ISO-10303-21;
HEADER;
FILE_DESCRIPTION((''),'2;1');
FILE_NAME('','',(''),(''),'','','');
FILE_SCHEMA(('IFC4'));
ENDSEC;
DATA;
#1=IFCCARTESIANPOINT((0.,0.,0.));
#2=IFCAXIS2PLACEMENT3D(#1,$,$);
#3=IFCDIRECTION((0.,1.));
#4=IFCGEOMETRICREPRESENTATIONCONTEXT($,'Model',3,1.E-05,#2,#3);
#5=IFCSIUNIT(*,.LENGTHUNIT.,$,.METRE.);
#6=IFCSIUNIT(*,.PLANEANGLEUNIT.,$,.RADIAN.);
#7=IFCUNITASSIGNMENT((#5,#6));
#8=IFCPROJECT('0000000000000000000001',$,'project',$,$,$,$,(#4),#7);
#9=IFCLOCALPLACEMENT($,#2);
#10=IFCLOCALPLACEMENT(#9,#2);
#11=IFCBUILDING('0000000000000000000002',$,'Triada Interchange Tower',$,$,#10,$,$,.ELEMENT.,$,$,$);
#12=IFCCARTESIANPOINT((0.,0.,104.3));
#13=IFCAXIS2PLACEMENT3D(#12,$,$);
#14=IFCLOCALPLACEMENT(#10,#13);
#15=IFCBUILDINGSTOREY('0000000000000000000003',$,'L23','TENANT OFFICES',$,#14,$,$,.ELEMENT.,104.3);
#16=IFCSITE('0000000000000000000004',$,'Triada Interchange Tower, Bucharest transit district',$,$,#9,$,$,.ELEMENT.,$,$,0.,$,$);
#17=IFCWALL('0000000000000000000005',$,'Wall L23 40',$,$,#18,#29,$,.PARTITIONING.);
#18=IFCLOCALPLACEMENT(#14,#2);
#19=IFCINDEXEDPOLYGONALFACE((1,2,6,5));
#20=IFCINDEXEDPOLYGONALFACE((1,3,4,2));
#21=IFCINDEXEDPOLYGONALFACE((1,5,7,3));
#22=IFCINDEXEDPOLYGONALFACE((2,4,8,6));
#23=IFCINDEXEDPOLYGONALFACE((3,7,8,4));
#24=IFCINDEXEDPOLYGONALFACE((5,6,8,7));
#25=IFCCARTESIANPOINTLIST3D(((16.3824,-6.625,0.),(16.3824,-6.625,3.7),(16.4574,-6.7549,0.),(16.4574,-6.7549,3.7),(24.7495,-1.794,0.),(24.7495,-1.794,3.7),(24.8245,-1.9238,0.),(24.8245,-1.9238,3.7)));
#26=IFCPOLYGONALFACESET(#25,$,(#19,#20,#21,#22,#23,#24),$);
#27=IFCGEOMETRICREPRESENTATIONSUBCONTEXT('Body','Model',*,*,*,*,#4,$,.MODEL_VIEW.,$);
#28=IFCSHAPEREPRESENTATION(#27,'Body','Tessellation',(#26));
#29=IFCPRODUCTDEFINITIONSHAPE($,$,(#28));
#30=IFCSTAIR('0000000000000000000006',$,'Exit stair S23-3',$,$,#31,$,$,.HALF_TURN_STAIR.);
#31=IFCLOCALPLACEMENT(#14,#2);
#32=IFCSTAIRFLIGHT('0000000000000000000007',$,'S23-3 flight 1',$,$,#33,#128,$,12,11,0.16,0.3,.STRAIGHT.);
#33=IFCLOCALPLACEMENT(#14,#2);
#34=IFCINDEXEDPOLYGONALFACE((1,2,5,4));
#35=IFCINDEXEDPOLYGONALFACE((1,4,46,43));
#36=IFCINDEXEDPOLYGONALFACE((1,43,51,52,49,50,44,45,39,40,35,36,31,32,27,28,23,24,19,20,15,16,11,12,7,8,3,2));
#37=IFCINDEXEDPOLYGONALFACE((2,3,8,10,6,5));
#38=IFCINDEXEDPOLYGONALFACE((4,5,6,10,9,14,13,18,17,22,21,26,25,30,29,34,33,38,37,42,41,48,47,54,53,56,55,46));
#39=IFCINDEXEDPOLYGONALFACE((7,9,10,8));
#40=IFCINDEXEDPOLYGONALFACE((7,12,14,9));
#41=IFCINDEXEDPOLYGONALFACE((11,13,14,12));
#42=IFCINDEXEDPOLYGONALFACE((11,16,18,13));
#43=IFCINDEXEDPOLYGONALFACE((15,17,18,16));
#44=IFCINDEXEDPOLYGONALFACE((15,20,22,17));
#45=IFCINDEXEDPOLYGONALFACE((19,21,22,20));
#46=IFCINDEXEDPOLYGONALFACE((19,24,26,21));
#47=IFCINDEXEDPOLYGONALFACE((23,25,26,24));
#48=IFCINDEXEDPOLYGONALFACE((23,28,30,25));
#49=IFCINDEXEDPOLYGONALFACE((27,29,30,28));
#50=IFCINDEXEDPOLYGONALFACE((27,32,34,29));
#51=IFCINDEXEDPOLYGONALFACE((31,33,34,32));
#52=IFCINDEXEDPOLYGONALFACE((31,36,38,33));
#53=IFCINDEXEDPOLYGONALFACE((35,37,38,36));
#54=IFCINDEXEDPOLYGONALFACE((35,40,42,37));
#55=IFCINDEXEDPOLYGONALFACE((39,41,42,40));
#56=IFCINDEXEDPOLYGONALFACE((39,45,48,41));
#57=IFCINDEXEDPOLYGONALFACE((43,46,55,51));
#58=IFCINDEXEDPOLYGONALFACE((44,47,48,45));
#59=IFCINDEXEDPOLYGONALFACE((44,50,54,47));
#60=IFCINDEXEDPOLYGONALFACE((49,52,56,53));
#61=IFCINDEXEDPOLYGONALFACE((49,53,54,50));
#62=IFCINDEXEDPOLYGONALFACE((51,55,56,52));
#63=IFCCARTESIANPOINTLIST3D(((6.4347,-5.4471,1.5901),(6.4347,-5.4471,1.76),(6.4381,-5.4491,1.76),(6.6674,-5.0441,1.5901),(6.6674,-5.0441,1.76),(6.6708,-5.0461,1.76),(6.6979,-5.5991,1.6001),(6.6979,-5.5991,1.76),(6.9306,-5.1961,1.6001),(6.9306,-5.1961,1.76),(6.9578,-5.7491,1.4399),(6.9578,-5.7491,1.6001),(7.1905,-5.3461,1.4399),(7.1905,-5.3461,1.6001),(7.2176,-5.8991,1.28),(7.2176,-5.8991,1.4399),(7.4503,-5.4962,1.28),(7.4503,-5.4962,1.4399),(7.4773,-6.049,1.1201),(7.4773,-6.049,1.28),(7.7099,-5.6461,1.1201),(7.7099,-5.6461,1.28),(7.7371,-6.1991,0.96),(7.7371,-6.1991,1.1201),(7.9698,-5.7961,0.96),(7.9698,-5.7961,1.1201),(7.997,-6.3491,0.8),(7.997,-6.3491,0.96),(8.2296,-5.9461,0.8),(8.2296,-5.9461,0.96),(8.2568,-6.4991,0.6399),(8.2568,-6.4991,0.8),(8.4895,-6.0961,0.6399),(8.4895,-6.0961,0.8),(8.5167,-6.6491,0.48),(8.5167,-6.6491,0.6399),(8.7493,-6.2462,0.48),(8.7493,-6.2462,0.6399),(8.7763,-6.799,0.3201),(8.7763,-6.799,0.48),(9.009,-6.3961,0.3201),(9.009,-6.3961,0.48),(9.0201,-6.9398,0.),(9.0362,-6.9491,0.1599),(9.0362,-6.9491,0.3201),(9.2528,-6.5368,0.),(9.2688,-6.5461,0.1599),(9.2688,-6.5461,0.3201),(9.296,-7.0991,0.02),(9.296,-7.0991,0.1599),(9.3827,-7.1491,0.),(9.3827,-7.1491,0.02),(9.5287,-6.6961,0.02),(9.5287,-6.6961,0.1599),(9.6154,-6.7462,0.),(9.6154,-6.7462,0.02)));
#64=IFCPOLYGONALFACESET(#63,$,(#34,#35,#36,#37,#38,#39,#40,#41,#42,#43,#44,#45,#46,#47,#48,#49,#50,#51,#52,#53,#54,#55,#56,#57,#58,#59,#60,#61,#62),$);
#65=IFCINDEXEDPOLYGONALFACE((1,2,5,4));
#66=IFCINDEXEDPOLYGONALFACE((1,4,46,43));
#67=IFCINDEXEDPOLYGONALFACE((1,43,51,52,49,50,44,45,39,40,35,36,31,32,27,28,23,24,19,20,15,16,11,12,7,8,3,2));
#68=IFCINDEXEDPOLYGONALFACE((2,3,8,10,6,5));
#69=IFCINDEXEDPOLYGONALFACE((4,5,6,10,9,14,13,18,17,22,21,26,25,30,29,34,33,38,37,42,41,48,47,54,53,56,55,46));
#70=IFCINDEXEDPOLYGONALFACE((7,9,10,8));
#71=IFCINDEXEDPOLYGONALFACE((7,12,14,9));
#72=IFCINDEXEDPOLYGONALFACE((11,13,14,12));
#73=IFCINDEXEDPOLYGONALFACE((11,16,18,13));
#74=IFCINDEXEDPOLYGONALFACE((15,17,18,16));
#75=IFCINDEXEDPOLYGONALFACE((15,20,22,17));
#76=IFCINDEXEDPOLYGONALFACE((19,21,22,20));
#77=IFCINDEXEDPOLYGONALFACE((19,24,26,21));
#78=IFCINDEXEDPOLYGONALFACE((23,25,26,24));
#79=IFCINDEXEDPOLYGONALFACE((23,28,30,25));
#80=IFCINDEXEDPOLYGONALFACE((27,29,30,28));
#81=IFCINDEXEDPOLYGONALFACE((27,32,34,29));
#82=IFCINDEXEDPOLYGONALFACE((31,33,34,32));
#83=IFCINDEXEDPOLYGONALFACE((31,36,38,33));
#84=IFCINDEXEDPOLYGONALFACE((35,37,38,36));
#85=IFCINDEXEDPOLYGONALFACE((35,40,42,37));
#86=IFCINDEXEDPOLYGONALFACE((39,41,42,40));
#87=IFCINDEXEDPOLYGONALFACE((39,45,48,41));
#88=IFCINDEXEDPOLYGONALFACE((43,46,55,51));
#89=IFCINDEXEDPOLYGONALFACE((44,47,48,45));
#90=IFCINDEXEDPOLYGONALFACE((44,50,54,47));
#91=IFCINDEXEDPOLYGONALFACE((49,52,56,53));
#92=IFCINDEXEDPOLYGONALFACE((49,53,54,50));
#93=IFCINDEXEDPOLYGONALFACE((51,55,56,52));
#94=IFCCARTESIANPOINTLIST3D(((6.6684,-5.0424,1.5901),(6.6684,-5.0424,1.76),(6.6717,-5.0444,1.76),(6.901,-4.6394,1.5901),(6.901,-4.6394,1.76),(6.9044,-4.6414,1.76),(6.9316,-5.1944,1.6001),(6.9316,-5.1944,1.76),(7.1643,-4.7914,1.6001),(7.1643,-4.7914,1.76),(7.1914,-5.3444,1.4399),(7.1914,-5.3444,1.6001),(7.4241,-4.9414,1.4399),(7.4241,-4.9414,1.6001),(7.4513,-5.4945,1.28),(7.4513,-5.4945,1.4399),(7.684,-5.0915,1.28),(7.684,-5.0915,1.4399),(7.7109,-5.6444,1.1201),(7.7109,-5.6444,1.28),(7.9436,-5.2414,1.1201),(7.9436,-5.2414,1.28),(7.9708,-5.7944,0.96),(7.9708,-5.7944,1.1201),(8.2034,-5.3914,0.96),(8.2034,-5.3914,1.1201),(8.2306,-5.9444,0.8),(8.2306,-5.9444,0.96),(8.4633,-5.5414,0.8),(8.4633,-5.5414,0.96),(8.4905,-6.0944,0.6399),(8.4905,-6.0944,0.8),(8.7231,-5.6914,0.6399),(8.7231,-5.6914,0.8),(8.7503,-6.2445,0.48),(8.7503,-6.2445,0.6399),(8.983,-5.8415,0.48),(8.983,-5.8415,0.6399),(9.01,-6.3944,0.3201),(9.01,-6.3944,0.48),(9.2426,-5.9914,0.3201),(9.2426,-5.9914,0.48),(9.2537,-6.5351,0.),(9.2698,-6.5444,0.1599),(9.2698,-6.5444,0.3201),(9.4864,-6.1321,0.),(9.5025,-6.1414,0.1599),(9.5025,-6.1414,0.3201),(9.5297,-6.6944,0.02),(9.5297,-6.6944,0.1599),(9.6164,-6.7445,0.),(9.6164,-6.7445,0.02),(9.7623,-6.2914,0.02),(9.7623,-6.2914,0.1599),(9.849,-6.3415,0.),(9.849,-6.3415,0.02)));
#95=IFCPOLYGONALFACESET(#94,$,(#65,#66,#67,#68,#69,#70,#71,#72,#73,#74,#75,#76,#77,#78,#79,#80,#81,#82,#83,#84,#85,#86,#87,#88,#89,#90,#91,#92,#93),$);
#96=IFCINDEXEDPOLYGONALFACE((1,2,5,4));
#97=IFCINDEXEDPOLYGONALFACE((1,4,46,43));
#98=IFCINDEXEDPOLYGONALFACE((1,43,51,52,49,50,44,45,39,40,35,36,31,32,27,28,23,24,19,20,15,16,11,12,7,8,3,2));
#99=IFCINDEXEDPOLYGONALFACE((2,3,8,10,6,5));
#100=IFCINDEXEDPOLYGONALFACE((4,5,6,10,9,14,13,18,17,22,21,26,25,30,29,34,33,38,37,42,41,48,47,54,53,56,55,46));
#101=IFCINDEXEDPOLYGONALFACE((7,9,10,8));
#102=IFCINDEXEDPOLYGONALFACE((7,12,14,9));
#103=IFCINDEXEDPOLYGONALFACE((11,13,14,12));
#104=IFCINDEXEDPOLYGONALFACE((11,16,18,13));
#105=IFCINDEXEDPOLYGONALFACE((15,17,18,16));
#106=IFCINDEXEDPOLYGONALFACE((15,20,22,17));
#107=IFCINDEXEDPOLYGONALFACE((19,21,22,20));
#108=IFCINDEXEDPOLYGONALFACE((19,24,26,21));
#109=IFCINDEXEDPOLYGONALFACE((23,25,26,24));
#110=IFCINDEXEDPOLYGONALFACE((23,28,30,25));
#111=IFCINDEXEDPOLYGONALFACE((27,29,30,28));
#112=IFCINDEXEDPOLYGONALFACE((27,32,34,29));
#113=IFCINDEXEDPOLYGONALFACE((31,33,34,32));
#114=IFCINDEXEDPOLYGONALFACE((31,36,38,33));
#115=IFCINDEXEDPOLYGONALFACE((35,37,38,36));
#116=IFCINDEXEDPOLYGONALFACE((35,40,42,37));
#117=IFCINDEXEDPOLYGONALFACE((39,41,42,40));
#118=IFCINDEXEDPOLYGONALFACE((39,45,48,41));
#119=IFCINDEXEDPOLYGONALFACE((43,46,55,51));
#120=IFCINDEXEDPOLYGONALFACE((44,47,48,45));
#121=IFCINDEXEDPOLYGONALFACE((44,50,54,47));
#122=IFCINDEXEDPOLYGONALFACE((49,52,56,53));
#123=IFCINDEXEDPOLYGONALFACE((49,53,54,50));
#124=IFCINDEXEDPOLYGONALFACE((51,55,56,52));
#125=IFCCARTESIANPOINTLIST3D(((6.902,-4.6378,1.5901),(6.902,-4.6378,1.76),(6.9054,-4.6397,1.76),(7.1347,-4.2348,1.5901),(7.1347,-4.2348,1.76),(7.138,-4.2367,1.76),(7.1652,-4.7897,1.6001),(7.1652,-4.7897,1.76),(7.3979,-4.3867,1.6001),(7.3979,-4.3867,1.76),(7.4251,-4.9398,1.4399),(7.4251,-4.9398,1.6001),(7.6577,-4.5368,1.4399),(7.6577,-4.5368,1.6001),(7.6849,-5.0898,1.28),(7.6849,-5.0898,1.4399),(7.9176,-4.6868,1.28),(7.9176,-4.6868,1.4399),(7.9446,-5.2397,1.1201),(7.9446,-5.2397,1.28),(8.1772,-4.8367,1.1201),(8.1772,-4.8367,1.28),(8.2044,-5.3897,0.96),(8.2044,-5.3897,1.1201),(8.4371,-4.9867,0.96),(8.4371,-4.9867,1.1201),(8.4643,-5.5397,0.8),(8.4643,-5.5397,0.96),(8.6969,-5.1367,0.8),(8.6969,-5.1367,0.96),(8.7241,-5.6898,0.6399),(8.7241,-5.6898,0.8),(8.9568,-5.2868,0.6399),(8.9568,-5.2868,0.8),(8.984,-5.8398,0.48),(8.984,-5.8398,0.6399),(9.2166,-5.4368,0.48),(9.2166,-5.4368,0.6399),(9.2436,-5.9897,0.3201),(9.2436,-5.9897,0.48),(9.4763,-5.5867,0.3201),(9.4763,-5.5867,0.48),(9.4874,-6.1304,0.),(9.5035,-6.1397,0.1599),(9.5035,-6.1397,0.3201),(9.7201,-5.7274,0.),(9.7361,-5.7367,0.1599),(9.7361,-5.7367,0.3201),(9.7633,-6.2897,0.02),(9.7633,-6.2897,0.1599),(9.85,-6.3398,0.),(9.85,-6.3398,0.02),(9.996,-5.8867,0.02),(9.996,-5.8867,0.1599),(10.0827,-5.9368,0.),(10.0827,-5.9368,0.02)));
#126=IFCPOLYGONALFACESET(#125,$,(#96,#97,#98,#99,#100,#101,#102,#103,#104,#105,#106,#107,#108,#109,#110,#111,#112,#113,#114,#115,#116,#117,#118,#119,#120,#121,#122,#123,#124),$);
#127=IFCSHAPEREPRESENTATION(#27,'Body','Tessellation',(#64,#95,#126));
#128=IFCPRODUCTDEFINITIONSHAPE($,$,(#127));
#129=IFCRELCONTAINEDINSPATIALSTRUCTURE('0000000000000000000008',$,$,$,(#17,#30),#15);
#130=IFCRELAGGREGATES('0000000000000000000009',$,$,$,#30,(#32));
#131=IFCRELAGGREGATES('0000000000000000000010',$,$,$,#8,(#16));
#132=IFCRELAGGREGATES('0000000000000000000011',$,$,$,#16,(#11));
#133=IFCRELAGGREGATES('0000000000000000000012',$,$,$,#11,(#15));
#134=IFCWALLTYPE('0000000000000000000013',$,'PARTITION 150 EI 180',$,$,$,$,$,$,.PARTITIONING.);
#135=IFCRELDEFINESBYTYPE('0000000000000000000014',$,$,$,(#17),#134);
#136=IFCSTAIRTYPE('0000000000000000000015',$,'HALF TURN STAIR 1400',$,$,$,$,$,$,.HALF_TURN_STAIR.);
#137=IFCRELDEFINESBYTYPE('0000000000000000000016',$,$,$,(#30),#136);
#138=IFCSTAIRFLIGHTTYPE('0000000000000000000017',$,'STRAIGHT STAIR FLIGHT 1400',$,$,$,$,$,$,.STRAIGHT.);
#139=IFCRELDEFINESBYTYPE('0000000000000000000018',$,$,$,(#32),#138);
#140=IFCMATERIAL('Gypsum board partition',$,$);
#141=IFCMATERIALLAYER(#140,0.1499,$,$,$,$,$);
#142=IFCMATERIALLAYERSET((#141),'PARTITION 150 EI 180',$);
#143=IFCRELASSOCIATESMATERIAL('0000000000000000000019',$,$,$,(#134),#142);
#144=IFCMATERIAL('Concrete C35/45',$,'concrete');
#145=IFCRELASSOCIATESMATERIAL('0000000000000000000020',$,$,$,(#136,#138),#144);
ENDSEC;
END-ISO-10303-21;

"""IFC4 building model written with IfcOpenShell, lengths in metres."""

from ifc_helpers import new_model, si_unit, direction, frame, frame_2d, origin, place, context, subcontext, project, spatial, polyline, rectangle, outline, extrude, material, layer, layer_set, type_object, element, aggregate, save


model = new_model("IFC4")

# Units and contexts
model_context = context("Model", 3, precision=1e-05, world=origin(), true_north=direction((0.0, 1.0)))
body_context = subcontext(model_context, "Body", "Model", "MODEL_VIEW")
ifc_project = project(units=[si_unit("LENGTHUNIT", "METRE"), si_unit("PLANEANGLEUNIT", "RADIAN")], contexts=[model_context])

# Site, building, storey
site_placement = place(None, origin())
site = spatial("IfcSite", under=ifc_project, at=site_placement, Name="Triada Interchange Tower, Bucharest transit district", CompositionType="ELEMENT", RefElevation=0.0)
building_placement = place(site_placement, origin())
building = spatial("IfcBuilding", under=site, at=building_placement, Name="Triada Interchange Tower", CompositionType="ELEMENT")
storey_placement = place(building_placement, frame((0.0, 0.0, 104.3)))
storey = spatial("IfcBuildingStorey", under=building, at=storey_placement, Name="L23", Description="TENANT OFFICES", CompositionType="ELEMENT", Elevation=104.3)

# Wall
ifc_material_1 = material(Name="Gypsum board partition")
ifc_layer_1 = layer(ifc_material_1, 0.1499)
ifc_layer_set_1 = layer_set([ifc_layer_1], Name="PARTITION 150 EI 180")
wall_type_1 = type_object("IfcWallType", Name="PARTITION 150 EI 180", PredefinedType="PARTITIONING", material=ifc_layer_set_1)
wall_1_placement = place(storey_placement, frame((16.4199, -6.6899, 0.0), z_axis=(0.0, 0.0, 1.0), x_axis=(0.866014, 0.50002, 0.0)))
element("IfcWall", 1, at=wall_1_placement, inside=storey, type_object=wall_type_1, Name="Wall L23 40", PredefinedType="PARTITIONING", context=body_context, shape_type="SweptSolid", body=[
    extrude(rectangle(XDim=9.6616, YDim=0.1499, at=frame_2d((4.8308, 0.0))), origin(), (0.0, 0.0, 1.0), 3.7),
])

# Stair, stair flight
ifc_material_2 = material(Name="Concrete C35/45", Category="concrete")
stair_type = type_object("IfcStairType", Name="HALF TURN STAIR 1400", PredefinedType="HALF_TURN_STAIR", material=ifc_material_2)
stair_placement = place(storey_placement, origin())
stair = element("IfcStair", 2, at=stair_placement, inside=storey, type_object=stair_type, Name="Exit stair S23-3", PredefinedType="HALF_TURN_STAIR")
stair_flight_type = type_object("IfcStairFlightType", Name="STRAIGHT STAIR FLIGHT 1400", PredefinedType="STRAIGHT", material=ifc_material_2)
stair_flight_1_placement = place(storey_placement, frame((9.646, -6.4929, 0.0), z_axis=(0.0, 0.0, 1.0), x_axis=(-0.866025, 0.5, 0.0)))
stair_flight_1 = element("IfcStairFlight", 3, at=stair_flight_1_placement, type_object=stair_flight_type, Name="S23-3 flight 1", NumberOfRisers=12, NumberOfTreads=11, PredefinedType="STRAIGHT", RiserHeight=0.16, TreadLength=0.3, context=body_context, shape_type="SweptSolid", body=[
    extrude(outline(polyline([(-0.1001, 0.0), (-0.1001, 0.02), (0.0, 0.02), (0.0, 0.1599), (0.3, 0.1599), (0.3, 0.3201), (0.6001, 0.3201), (0.6001, 0.48), (0.8999, 0.48), (0.8999, 0.6399), (1.2, 0.6399), (1.2, 0.8), (1.5, 0.8), (1.5, 0.96), (1.8, 0.96), (1.8, 1.1201), (2.1001, 1.1201), (2.1001, 1.28), (2.3999, 1.28), (2.3999, 1.4399), (2.7, 1.4399), (2.7, 1.6001), (3.0, 1.6001), (3.0, 1.76), (3.3, 1.76), (3.304, 1.76), (3.304, 1.9199), (3.304, 1.5901), (0.3186, 0.0), (-0.1001, 0.0)])), frame((0.0, 0.7, 0.0), z_axis=(0.0, -1.0, 0.0), x_axis=(1.0, 0.0, 0.0)), (0.0, 0.0, 1.0), 0.4653),
    extrude(outline(polyline([(-0.1001, 0.0), (-0.1001, 0.02), (0.0, 0.02), (0.0, 0.1599), (0.3, 0.1599), (0.3, 0.3201), (0.6001, 0.3201), (0.6001, 0.48), (0.8999, 0.48), (0.8999, 0.6399), (1.2, 0.6399), (1.2, 0.8), (1.5, 0.8), (1.5, 0.96), (1.8, 0.96), (1.8, 1.1201), (2.1001, 1.1201), (2.1001, 1.28), (2.3999, 1.28), (2.3999, 1.4399), (2.7, 1.4399), (2.7, 1.6001), (3.0, 1.6001), (3.0, 1.76), (3.3, 1.76), (3.304, 1.76), (3.304, 1.9199), (3.304, 1.5901), (0.3186, 0.0), (-0.1001, 0.0)])), frame((0.0, 0.2327, 0.0), z_axis=(0.0, -1.0, 0.0), x_axis=(1.0, 0.0, 0.0)), (0.0, 0.0, 1.0), 0.4653),
    extrude(outline(polyline([(-0.1001, 0.0), (-0.1001, 0.02), (0.0, 0.02), (0.0, 0.1599), (0.3, 0.1599), (0.3, 0.3201), (0.6001, 0.3201), (0.6001, 0.48), (0.8999, 0.48), (0.8999, 0.6399), (1.2, 0.6399), (1.2, 0.8), (1.5, 0.8), (1.5, 0.96), (1.8, 0.96), (1.8, 1.1201), (2.1001, 1.1201), (2.1001, 1.28), (2.3999, 1.28), (2.3999, 1.4399), (2.7, 1.4399), (2.7, 1.6001), (3.0, 1.6001), (3.0, 1.76), (3.3, 1.76), (3.304, 1.76), (3.304, 1.9199), (3.304, 1.5901), (0.3186, 0.0), (-0.1001, 0.0)])), frame((0.0, -0.2346, 0.0), z_axis=(0.0, -1.0, 0.0), x_axis=(1.0, 0.0, 0.0)), (0.0, 0.0, 1.0), 0.4653),
])
aggregate(stair, [stair_flight_1])

save(model, "model.ifc")
